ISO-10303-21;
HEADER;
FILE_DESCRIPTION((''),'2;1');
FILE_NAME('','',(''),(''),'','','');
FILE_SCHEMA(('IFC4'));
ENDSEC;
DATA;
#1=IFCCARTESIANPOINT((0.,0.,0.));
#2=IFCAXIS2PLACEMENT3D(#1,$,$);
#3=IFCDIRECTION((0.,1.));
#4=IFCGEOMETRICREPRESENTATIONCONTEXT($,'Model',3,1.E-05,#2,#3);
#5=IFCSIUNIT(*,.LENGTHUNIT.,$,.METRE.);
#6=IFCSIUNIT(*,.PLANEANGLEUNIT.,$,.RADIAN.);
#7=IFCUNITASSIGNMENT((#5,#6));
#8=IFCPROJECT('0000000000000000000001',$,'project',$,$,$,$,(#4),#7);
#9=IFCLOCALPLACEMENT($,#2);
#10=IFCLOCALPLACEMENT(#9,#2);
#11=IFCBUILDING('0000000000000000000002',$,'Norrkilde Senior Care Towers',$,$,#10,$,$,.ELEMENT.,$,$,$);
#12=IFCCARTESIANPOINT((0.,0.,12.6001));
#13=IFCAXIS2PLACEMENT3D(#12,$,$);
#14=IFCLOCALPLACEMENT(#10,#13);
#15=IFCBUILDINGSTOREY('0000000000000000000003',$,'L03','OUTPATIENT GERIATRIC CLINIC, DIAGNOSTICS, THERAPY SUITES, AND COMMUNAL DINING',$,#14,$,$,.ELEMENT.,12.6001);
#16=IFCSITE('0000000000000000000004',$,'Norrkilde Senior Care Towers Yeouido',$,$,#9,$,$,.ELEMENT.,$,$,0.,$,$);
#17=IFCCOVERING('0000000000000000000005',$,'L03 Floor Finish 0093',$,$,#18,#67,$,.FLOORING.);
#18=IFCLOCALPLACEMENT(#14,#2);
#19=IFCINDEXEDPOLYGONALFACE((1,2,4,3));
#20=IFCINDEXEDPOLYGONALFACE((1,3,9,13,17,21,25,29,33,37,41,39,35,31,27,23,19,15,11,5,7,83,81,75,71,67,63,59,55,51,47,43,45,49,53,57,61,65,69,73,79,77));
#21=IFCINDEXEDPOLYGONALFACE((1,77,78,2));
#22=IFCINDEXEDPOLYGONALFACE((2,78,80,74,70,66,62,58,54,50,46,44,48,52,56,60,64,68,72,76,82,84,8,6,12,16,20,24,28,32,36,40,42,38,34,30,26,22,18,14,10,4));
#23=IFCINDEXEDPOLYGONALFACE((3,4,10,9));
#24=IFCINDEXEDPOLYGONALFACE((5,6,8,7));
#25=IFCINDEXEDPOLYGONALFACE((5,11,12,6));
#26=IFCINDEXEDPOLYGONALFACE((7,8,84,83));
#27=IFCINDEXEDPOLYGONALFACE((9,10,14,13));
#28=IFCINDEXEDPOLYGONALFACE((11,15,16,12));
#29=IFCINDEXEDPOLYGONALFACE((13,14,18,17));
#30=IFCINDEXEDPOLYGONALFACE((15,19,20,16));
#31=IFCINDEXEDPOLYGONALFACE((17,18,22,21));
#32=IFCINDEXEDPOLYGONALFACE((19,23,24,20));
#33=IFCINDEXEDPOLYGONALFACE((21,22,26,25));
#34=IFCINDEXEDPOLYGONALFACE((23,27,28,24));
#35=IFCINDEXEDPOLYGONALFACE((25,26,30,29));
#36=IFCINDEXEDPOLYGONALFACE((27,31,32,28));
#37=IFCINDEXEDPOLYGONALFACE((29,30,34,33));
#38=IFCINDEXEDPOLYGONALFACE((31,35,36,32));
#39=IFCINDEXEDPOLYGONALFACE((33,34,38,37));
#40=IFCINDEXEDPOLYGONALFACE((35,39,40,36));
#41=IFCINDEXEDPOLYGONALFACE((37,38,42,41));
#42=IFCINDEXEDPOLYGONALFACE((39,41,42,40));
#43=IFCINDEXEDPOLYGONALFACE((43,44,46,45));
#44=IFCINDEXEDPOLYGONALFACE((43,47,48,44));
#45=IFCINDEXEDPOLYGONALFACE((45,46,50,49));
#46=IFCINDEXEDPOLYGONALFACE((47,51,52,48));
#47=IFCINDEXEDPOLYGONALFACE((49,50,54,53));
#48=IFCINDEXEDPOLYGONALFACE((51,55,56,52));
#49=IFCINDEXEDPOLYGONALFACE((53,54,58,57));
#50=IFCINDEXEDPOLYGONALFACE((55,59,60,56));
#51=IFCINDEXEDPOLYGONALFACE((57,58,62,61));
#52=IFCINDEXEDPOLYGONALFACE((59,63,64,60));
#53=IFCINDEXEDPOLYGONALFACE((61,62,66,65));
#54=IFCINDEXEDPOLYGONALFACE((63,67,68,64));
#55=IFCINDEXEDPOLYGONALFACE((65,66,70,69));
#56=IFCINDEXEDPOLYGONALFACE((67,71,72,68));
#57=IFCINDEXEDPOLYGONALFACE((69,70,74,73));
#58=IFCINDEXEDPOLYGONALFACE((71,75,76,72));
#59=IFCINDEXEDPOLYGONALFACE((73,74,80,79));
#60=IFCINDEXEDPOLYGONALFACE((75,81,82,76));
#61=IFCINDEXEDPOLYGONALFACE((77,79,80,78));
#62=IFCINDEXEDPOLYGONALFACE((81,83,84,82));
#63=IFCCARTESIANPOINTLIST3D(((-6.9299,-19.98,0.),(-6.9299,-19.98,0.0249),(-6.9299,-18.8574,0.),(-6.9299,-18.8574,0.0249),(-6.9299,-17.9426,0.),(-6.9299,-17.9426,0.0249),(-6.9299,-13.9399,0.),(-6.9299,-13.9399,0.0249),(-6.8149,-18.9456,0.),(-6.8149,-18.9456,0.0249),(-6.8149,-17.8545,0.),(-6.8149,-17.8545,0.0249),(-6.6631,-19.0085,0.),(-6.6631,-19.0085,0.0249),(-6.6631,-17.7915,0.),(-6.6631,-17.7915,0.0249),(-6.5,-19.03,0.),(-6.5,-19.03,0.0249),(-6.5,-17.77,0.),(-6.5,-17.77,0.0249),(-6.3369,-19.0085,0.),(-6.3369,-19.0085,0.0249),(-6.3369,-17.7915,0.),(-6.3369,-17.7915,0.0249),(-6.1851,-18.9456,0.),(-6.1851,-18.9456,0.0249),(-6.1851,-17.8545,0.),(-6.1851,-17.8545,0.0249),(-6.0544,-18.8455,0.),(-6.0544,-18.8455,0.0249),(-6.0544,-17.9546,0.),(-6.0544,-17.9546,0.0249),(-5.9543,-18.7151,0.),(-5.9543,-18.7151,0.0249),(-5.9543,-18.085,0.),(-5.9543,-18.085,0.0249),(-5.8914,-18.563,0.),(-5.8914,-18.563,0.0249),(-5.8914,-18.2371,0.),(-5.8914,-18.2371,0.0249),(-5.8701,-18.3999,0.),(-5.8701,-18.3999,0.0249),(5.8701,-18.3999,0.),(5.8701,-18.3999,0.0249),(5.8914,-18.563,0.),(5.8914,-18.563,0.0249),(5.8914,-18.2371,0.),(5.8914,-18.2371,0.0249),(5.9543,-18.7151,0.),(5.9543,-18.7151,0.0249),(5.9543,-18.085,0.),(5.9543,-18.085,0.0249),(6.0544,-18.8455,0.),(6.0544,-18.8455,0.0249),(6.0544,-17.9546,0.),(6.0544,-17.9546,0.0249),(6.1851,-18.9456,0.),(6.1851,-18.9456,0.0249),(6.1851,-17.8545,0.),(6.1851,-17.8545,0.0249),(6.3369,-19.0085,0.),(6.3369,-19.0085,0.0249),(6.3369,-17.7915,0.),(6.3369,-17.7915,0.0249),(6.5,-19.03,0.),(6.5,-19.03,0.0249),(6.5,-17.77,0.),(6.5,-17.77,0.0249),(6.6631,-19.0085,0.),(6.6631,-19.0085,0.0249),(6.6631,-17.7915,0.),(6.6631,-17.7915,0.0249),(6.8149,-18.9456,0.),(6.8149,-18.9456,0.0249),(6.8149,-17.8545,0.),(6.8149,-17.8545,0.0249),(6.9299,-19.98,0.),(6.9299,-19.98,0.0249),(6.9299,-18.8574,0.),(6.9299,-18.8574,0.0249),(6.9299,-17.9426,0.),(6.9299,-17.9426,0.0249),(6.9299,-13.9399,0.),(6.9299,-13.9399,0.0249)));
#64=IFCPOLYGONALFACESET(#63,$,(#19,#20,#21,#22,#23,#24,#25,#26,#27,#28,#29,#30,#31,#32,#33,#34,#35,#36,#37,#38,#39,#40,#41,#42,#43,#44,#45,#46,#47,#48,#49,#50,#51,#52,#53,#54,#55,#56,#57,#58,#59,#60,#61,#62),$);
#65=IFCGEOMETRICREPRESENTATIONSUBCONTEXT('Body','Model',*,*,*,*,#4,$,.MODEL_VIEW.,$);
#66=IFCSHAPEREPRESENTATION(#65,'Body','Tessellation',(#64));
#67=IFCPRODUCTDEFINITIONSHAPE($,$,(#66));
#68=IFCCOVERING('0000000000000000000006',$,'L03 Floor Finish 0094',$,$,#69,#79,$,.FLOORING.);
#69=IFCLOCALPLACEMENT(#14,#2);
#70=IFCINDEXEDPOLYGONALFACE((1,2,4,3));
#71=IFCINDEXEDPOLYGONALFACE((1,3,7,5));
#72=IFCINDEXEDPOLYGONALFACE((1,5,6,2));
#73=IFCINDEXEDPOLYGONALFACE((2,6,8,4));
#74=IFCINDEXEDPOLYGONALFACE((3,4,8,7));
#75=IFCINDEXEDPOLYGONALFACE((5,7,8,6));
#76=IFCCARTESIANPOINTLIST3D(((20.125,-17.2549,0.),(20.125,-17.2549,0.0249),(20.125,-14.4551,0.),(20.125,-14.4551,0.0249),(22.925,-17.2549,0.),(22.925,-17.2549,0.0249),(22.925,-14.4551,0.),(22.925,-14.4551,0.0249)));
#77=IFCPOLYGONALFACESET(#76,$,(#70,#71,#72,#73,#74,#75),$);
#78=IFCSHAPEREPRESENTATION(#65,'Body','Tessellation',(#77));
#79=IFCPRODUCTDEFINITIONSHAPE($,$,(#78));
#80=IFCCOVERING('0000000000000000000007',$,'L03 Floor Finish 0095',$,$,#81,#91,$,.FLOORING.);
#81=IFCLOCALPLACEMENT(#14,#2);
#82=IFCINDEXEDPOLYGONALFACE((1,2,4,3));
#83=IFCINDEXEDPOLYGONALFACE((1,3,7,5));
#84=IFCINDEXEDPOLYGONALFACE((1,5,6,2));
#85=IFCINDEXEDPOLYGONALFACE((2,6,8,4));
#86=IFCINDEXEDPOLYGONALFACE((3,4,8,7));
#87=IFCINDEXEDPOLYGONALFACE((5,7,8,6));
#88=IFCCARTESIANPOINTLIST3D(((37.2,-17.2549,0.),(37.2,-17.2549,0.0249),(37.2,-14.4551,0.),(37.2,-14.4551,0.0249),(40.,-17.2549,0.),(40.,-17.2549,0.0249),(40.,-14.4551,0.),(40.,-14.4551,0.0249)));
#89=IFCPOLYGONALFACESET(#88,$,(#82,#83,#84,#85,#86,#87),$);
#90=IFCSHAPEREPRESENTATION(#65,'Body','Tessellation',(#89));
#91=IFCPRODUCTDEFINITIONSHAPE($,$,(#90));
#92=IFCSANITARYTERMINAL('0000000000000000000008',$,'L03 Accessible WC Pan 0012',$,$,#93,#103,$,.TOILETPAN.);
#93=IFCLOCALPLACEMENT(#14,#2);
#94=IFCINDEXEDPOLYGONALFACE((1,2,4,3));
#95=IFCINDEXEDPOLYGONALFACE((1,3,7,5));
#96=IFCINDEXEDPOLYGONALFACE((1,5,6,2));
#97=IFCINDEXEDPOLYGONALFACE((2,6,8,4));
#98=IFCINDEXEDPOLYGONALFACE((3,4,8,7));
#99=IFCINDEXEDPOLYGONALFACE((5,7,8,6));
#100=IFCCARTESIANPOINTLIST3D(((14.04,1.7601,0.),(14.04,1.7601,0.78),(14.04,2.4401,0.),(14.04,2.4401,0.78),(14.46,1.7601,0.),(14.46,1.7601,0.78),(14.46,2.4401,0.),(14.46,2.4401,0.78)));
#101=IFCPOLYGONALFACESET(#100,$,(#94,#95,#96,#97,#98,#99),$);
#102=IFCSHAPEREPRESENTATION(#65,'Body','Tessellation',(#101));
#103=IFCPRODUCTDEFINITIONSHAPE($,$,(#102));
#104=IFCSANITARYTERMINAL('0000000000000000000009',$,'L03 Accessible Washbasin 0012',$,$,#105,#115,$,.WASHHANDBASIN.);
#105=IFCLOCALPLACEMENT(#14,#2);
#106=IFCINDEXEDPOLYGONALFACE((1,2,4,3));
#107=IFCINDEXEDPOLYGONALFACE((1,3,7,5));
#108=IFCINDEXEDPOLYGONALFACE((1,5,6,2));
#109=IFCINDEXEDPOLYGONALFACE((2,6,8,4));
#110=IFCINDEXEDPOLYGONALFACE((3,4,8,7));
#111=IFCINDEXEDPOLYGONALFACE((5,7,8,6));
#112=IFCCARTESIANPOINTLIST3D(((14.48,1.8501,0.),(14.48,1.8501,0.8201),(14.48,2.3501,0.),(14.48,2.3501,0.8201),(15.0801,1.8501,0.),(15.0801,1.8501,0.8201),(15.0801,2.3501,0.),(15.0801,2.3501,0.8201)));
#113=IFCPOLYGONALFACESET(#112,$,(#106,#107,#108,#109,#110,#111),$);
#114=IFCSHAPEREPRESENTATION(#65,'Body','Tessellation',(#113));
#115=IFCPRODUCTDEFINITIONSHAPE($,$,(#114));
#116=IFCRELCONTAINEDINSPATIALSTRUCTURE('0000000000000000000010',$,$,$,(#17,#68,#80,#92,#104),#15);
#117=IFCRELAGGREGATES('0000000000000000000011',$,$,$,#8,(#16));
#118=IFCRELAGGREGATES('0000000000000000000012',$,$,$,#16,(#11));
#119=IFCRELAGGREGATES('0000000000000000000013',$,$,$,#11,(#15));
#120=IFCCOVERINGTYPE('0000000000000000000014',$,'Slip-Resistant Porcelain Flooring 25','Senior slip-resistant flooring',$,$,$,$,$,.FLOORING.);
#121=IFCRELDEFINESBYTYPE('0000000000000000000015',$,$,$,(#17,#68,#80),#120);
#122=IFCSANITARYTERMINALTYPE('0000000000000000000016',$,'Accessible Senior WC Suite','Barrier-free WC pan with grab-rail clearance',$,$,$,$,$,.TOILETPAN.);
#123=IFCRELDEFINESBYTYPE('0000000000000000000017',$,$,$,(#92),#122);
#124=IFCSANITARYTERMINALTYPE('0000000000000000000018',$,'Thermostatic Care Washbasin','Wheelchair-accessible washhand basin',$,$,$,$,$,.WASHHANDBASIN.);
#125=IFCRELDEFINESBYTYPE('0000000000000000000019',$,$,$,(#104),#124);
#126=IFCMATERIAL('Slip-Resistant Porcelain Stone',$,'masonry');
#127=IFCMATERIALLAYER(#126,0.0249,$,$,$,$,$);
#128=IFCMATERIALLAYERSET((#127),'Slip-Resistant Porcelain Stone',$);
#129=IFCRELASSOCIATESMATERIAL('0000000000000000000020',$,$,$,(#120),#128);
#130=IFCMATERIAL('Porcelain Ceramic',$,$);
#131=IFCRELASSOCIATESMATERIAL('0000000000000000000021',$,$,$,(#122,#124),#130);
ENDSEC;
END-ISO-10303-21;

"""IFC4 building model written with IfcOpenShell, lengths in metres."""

from ifc_helpers import new_model, si_unit, direction, frame, origin, origin_2d, place, context, subcontext, project, spatial, polyline, rectangle, outline, extrude, source, transform, mapped, material, layer, layer_set, type_object, type_shapes, element, save


model = new_model("IFC4")

# Units and contexts
model_context = context("Model", 3, precision=1e-05, world=origin(), true_north=direction((0.0, 1.0)))
body_context = subcontext(model_context, "Body", "Model", "MODEL_VIEW")
ifc_project = project(units=[si_unit("LENGTHUNIT", "METRE"), si_unit("PLANEANGLEUNIT", "RADIAN")], contexts=[model_context])

# Site, building, storey
site_placement = place(None, origin())
site = spatial("IfcSite", under=ifc_project, at=site_placement, Name="Norrkilde Senior Care Towers Yeouido", CompositionType="ELEMENT", RefElevation=0.0)
building_placement = place(site_placement, origin())
building = spatial("IfcBuilding", under=site, at=building_placement, Name="Norrkilde Senior Care Towers", CompositionType="ELEMENT")
storey_placement = place(building_placement, frame((0.0, 0.0, 12.6001)))
storey = spatial("IfcBuildingStorey", under=building, at=storey_placement, Name="L03", Description="OUTPATIENT GERIATRIC CLINIC, DIAGNOSTICS, THERAPY SUITES, AND COMMUNAL DINING", CompositionType="ELEMENT", Elevation=12.6001)

# Coverings
ifc_material_1 = material(Name="Slip-Resistant Porcelain Stone", Category="masonry")
ifc_layer_1 = layer(ifc_material_1, 0.0249)
ifc_layer_set_1 = layer_set([ifc_layer_1], Name="Slip-Resistant Porcelain Stone")
covering_type_1 = type_object("IfcCoveringType", Name="Slip-Resistant Porcelain Flooring 25", Description="Senior slip-resistant flooring", PredefinedType="FLOORING", material=ifc_layer_set_1)
covering_1_placement = place(storey_placement, origin())
element("IfcCovering", 1, at=covering_1_placement, inside=storey, type_object=covering_type_1, Name="L03 Floor Finish 0093", PredefinedType="FLOORING", context=body_context, shape_type="SweptSolid", body=[
    extrude(outline(polyline([(-6.9299, -19.98), (-6.9299, -18.8574), (-6.8149, -18.9456), (-6.6631, -19.0085), (-6.5, -19.03), (-6.3369, -19.0085), (-6.1851, -18.9456), (-6.0544, -18.8455), (-5.9543, -18.7151), (-5.8914, -18.563), (-5.8701, -18.3999), (-5.8914, -18.2371), (-5.9543, -18.085), (-6.0544, -17.9546), (-6.1851, -17.8545), (-6.3369, -17.7915), (-6.5, -17.77), (-6.6631, -17.7915), (-6.8149, -17.8545), (-6.9299, -17.9426), (-6.9299, -13.9399), (6.9299, -13.9399), (6.9299, -17.9426), (6.8149, -17.8545), (6.6631, -17.7915), (6.5, -17.77), (6.3369, -17.7915), (6.1851, -17.8545), (6.0544, -17.9546), (5.9543, -18.085), (5.8914, -18.2371), (5.8701, -18.3999), (5.8914, -18.563), (5.9543, -18.7151), (6.0544, -18.8455), (6.1851, -18.9456), (6.3369, -19.0085), (6.5, -19.03), (6.6631, -19.0085), (6.8149, -18.9456), (6.9299, -18.8574), (6.9299, -19.98), (-6.9299, -19.98)])), origin(), (0.0, 0.0, 1.0), 0.0249),
])
covering_2_placement = place(storey_placement, origin())
element("IfcCovering", 2, at=covering_2_placement, inside=storey, type_object=covering_type_1, Name="L03 Floor Finish 0094", PredefinedType="FLOORING", context=body_context, shape_type="SweptSolid", body=[
    extrude(outline(polyline([(20.125, -17.2549), (20.125, -14.4551), (22.925, -14.4551), (22.925, -17.2549), (20.125, -17.2549)])), origin(), (0.0, 0.0, 1.0), 0.0249),
])
covering_3_placement = place(storey_placement, origin())
element("IfcCovering", 3, at=covering_3_placement, inside=storey, type_object=covering_type_1, Name="L03 Floor Finish 0095", PredefinedType="FLOORING", context=body_context, shape_type="SweptSolid", body=[
    extrude(outline(polyline([(37.2, -17.2549), (37.2, -14.4551), (40.0, -14.4551), (40.0, -17.2549), (37.2, -17.2549)])), origin(), (0.0, 0.0, 1.0), 0.0249),
])

# Sanitary terminals
ifc_material_2 = material(Name="Porcelain Ceramic")
sanitary_terminal_type_1 = type_object("IfcSanitaryTerminalType", Name="Accessible Senior WC Suite", Description="Barrier-free WC pan with grab-rail clearance", PredefinedType="TOILETPAN", material=ifc_material_2)
shared_shape_1 = source(origin(), body_context, "Body", "SweptSolid", [
    extrude(rectangle(XDim=0.4199, YDim=0.6799, at=origin_2d()), origin(), (0.0, 0.0, 1.0), 0.78),
])
type_shapes(sanitary_terminal_type_1, [shared_shape_1])
sanitary_terminal_1_placement = place(storey_placement, frame((14.25, 2.1001, 0.0), z_axis=(0.0, 0.0, 1.0), x_axis=(1.0, 0.0, 0.0)))
element("IfcSanitaryTerminal", 4, at=sanitary_terminal_1_placement, inside=storey, type_object=sanitary_terminal_type_1, Name="L03 Accessible WC Pan 0012", PredefinedType="TOILETPAN", context=body_context, shape_type="MappedRepresentation", body=[
    mapped(shared_shape_1, transform((0.0, 0.0, 0.0), x_axis=(1.0, 0.0, 0.0), y_axis=(0.0, 1.0, 0.0), z_axis=(0.0, 0.0, 1.0), scale=1.0)),
])
sanitary_terminal_type_2 = type_object("IfcSanitaryTerminalType", Name="Thermostatic Care Washbasin", Description="Wheelchair-accessible washhand basin", PredefinedType="WASHHANDBASIN", material=ifc_material_2)
shared_shape_2 = source(origin(), body_context, "Body", "SweptSolid", [
    extrude(rectangle(XDim=0.6001, YDim=0.5, at=origin_2d()), origin(), (0.0, 0.0, 1.0), 0.8201),
])
type_shapes(sanitary_terminal_type_2, [shared_shape_2])
sanitary_terminal_2_placement = place(storey_placement, frame((14.78, 2.1001, 0.0), z_axis=(0.0, 0.0, 1.0), x_axis=(1.0, 0.0, 0.0)))
element("IfcSanitaryTerminal", 5, at=sanitary_terminal_2_placement, inside=storey, type_object=sanitary_terminal_type_2, Name="L03 Accessible Washbasin 0012", PredefinedType="WASHHANDBASIN", context=body_context, shape_type="MappedRepresentation", body=[
    mapped(shared_shape_2, transform((0.0, 0.0, 0.0), x_axis=(1.0, 0.0, 0.0), y_axis=(0.0, 1.0, 0.0), z_axis=(0.0, 0.0, 1.0), scale=1.0)),
])

save(model, "model.ifc")
